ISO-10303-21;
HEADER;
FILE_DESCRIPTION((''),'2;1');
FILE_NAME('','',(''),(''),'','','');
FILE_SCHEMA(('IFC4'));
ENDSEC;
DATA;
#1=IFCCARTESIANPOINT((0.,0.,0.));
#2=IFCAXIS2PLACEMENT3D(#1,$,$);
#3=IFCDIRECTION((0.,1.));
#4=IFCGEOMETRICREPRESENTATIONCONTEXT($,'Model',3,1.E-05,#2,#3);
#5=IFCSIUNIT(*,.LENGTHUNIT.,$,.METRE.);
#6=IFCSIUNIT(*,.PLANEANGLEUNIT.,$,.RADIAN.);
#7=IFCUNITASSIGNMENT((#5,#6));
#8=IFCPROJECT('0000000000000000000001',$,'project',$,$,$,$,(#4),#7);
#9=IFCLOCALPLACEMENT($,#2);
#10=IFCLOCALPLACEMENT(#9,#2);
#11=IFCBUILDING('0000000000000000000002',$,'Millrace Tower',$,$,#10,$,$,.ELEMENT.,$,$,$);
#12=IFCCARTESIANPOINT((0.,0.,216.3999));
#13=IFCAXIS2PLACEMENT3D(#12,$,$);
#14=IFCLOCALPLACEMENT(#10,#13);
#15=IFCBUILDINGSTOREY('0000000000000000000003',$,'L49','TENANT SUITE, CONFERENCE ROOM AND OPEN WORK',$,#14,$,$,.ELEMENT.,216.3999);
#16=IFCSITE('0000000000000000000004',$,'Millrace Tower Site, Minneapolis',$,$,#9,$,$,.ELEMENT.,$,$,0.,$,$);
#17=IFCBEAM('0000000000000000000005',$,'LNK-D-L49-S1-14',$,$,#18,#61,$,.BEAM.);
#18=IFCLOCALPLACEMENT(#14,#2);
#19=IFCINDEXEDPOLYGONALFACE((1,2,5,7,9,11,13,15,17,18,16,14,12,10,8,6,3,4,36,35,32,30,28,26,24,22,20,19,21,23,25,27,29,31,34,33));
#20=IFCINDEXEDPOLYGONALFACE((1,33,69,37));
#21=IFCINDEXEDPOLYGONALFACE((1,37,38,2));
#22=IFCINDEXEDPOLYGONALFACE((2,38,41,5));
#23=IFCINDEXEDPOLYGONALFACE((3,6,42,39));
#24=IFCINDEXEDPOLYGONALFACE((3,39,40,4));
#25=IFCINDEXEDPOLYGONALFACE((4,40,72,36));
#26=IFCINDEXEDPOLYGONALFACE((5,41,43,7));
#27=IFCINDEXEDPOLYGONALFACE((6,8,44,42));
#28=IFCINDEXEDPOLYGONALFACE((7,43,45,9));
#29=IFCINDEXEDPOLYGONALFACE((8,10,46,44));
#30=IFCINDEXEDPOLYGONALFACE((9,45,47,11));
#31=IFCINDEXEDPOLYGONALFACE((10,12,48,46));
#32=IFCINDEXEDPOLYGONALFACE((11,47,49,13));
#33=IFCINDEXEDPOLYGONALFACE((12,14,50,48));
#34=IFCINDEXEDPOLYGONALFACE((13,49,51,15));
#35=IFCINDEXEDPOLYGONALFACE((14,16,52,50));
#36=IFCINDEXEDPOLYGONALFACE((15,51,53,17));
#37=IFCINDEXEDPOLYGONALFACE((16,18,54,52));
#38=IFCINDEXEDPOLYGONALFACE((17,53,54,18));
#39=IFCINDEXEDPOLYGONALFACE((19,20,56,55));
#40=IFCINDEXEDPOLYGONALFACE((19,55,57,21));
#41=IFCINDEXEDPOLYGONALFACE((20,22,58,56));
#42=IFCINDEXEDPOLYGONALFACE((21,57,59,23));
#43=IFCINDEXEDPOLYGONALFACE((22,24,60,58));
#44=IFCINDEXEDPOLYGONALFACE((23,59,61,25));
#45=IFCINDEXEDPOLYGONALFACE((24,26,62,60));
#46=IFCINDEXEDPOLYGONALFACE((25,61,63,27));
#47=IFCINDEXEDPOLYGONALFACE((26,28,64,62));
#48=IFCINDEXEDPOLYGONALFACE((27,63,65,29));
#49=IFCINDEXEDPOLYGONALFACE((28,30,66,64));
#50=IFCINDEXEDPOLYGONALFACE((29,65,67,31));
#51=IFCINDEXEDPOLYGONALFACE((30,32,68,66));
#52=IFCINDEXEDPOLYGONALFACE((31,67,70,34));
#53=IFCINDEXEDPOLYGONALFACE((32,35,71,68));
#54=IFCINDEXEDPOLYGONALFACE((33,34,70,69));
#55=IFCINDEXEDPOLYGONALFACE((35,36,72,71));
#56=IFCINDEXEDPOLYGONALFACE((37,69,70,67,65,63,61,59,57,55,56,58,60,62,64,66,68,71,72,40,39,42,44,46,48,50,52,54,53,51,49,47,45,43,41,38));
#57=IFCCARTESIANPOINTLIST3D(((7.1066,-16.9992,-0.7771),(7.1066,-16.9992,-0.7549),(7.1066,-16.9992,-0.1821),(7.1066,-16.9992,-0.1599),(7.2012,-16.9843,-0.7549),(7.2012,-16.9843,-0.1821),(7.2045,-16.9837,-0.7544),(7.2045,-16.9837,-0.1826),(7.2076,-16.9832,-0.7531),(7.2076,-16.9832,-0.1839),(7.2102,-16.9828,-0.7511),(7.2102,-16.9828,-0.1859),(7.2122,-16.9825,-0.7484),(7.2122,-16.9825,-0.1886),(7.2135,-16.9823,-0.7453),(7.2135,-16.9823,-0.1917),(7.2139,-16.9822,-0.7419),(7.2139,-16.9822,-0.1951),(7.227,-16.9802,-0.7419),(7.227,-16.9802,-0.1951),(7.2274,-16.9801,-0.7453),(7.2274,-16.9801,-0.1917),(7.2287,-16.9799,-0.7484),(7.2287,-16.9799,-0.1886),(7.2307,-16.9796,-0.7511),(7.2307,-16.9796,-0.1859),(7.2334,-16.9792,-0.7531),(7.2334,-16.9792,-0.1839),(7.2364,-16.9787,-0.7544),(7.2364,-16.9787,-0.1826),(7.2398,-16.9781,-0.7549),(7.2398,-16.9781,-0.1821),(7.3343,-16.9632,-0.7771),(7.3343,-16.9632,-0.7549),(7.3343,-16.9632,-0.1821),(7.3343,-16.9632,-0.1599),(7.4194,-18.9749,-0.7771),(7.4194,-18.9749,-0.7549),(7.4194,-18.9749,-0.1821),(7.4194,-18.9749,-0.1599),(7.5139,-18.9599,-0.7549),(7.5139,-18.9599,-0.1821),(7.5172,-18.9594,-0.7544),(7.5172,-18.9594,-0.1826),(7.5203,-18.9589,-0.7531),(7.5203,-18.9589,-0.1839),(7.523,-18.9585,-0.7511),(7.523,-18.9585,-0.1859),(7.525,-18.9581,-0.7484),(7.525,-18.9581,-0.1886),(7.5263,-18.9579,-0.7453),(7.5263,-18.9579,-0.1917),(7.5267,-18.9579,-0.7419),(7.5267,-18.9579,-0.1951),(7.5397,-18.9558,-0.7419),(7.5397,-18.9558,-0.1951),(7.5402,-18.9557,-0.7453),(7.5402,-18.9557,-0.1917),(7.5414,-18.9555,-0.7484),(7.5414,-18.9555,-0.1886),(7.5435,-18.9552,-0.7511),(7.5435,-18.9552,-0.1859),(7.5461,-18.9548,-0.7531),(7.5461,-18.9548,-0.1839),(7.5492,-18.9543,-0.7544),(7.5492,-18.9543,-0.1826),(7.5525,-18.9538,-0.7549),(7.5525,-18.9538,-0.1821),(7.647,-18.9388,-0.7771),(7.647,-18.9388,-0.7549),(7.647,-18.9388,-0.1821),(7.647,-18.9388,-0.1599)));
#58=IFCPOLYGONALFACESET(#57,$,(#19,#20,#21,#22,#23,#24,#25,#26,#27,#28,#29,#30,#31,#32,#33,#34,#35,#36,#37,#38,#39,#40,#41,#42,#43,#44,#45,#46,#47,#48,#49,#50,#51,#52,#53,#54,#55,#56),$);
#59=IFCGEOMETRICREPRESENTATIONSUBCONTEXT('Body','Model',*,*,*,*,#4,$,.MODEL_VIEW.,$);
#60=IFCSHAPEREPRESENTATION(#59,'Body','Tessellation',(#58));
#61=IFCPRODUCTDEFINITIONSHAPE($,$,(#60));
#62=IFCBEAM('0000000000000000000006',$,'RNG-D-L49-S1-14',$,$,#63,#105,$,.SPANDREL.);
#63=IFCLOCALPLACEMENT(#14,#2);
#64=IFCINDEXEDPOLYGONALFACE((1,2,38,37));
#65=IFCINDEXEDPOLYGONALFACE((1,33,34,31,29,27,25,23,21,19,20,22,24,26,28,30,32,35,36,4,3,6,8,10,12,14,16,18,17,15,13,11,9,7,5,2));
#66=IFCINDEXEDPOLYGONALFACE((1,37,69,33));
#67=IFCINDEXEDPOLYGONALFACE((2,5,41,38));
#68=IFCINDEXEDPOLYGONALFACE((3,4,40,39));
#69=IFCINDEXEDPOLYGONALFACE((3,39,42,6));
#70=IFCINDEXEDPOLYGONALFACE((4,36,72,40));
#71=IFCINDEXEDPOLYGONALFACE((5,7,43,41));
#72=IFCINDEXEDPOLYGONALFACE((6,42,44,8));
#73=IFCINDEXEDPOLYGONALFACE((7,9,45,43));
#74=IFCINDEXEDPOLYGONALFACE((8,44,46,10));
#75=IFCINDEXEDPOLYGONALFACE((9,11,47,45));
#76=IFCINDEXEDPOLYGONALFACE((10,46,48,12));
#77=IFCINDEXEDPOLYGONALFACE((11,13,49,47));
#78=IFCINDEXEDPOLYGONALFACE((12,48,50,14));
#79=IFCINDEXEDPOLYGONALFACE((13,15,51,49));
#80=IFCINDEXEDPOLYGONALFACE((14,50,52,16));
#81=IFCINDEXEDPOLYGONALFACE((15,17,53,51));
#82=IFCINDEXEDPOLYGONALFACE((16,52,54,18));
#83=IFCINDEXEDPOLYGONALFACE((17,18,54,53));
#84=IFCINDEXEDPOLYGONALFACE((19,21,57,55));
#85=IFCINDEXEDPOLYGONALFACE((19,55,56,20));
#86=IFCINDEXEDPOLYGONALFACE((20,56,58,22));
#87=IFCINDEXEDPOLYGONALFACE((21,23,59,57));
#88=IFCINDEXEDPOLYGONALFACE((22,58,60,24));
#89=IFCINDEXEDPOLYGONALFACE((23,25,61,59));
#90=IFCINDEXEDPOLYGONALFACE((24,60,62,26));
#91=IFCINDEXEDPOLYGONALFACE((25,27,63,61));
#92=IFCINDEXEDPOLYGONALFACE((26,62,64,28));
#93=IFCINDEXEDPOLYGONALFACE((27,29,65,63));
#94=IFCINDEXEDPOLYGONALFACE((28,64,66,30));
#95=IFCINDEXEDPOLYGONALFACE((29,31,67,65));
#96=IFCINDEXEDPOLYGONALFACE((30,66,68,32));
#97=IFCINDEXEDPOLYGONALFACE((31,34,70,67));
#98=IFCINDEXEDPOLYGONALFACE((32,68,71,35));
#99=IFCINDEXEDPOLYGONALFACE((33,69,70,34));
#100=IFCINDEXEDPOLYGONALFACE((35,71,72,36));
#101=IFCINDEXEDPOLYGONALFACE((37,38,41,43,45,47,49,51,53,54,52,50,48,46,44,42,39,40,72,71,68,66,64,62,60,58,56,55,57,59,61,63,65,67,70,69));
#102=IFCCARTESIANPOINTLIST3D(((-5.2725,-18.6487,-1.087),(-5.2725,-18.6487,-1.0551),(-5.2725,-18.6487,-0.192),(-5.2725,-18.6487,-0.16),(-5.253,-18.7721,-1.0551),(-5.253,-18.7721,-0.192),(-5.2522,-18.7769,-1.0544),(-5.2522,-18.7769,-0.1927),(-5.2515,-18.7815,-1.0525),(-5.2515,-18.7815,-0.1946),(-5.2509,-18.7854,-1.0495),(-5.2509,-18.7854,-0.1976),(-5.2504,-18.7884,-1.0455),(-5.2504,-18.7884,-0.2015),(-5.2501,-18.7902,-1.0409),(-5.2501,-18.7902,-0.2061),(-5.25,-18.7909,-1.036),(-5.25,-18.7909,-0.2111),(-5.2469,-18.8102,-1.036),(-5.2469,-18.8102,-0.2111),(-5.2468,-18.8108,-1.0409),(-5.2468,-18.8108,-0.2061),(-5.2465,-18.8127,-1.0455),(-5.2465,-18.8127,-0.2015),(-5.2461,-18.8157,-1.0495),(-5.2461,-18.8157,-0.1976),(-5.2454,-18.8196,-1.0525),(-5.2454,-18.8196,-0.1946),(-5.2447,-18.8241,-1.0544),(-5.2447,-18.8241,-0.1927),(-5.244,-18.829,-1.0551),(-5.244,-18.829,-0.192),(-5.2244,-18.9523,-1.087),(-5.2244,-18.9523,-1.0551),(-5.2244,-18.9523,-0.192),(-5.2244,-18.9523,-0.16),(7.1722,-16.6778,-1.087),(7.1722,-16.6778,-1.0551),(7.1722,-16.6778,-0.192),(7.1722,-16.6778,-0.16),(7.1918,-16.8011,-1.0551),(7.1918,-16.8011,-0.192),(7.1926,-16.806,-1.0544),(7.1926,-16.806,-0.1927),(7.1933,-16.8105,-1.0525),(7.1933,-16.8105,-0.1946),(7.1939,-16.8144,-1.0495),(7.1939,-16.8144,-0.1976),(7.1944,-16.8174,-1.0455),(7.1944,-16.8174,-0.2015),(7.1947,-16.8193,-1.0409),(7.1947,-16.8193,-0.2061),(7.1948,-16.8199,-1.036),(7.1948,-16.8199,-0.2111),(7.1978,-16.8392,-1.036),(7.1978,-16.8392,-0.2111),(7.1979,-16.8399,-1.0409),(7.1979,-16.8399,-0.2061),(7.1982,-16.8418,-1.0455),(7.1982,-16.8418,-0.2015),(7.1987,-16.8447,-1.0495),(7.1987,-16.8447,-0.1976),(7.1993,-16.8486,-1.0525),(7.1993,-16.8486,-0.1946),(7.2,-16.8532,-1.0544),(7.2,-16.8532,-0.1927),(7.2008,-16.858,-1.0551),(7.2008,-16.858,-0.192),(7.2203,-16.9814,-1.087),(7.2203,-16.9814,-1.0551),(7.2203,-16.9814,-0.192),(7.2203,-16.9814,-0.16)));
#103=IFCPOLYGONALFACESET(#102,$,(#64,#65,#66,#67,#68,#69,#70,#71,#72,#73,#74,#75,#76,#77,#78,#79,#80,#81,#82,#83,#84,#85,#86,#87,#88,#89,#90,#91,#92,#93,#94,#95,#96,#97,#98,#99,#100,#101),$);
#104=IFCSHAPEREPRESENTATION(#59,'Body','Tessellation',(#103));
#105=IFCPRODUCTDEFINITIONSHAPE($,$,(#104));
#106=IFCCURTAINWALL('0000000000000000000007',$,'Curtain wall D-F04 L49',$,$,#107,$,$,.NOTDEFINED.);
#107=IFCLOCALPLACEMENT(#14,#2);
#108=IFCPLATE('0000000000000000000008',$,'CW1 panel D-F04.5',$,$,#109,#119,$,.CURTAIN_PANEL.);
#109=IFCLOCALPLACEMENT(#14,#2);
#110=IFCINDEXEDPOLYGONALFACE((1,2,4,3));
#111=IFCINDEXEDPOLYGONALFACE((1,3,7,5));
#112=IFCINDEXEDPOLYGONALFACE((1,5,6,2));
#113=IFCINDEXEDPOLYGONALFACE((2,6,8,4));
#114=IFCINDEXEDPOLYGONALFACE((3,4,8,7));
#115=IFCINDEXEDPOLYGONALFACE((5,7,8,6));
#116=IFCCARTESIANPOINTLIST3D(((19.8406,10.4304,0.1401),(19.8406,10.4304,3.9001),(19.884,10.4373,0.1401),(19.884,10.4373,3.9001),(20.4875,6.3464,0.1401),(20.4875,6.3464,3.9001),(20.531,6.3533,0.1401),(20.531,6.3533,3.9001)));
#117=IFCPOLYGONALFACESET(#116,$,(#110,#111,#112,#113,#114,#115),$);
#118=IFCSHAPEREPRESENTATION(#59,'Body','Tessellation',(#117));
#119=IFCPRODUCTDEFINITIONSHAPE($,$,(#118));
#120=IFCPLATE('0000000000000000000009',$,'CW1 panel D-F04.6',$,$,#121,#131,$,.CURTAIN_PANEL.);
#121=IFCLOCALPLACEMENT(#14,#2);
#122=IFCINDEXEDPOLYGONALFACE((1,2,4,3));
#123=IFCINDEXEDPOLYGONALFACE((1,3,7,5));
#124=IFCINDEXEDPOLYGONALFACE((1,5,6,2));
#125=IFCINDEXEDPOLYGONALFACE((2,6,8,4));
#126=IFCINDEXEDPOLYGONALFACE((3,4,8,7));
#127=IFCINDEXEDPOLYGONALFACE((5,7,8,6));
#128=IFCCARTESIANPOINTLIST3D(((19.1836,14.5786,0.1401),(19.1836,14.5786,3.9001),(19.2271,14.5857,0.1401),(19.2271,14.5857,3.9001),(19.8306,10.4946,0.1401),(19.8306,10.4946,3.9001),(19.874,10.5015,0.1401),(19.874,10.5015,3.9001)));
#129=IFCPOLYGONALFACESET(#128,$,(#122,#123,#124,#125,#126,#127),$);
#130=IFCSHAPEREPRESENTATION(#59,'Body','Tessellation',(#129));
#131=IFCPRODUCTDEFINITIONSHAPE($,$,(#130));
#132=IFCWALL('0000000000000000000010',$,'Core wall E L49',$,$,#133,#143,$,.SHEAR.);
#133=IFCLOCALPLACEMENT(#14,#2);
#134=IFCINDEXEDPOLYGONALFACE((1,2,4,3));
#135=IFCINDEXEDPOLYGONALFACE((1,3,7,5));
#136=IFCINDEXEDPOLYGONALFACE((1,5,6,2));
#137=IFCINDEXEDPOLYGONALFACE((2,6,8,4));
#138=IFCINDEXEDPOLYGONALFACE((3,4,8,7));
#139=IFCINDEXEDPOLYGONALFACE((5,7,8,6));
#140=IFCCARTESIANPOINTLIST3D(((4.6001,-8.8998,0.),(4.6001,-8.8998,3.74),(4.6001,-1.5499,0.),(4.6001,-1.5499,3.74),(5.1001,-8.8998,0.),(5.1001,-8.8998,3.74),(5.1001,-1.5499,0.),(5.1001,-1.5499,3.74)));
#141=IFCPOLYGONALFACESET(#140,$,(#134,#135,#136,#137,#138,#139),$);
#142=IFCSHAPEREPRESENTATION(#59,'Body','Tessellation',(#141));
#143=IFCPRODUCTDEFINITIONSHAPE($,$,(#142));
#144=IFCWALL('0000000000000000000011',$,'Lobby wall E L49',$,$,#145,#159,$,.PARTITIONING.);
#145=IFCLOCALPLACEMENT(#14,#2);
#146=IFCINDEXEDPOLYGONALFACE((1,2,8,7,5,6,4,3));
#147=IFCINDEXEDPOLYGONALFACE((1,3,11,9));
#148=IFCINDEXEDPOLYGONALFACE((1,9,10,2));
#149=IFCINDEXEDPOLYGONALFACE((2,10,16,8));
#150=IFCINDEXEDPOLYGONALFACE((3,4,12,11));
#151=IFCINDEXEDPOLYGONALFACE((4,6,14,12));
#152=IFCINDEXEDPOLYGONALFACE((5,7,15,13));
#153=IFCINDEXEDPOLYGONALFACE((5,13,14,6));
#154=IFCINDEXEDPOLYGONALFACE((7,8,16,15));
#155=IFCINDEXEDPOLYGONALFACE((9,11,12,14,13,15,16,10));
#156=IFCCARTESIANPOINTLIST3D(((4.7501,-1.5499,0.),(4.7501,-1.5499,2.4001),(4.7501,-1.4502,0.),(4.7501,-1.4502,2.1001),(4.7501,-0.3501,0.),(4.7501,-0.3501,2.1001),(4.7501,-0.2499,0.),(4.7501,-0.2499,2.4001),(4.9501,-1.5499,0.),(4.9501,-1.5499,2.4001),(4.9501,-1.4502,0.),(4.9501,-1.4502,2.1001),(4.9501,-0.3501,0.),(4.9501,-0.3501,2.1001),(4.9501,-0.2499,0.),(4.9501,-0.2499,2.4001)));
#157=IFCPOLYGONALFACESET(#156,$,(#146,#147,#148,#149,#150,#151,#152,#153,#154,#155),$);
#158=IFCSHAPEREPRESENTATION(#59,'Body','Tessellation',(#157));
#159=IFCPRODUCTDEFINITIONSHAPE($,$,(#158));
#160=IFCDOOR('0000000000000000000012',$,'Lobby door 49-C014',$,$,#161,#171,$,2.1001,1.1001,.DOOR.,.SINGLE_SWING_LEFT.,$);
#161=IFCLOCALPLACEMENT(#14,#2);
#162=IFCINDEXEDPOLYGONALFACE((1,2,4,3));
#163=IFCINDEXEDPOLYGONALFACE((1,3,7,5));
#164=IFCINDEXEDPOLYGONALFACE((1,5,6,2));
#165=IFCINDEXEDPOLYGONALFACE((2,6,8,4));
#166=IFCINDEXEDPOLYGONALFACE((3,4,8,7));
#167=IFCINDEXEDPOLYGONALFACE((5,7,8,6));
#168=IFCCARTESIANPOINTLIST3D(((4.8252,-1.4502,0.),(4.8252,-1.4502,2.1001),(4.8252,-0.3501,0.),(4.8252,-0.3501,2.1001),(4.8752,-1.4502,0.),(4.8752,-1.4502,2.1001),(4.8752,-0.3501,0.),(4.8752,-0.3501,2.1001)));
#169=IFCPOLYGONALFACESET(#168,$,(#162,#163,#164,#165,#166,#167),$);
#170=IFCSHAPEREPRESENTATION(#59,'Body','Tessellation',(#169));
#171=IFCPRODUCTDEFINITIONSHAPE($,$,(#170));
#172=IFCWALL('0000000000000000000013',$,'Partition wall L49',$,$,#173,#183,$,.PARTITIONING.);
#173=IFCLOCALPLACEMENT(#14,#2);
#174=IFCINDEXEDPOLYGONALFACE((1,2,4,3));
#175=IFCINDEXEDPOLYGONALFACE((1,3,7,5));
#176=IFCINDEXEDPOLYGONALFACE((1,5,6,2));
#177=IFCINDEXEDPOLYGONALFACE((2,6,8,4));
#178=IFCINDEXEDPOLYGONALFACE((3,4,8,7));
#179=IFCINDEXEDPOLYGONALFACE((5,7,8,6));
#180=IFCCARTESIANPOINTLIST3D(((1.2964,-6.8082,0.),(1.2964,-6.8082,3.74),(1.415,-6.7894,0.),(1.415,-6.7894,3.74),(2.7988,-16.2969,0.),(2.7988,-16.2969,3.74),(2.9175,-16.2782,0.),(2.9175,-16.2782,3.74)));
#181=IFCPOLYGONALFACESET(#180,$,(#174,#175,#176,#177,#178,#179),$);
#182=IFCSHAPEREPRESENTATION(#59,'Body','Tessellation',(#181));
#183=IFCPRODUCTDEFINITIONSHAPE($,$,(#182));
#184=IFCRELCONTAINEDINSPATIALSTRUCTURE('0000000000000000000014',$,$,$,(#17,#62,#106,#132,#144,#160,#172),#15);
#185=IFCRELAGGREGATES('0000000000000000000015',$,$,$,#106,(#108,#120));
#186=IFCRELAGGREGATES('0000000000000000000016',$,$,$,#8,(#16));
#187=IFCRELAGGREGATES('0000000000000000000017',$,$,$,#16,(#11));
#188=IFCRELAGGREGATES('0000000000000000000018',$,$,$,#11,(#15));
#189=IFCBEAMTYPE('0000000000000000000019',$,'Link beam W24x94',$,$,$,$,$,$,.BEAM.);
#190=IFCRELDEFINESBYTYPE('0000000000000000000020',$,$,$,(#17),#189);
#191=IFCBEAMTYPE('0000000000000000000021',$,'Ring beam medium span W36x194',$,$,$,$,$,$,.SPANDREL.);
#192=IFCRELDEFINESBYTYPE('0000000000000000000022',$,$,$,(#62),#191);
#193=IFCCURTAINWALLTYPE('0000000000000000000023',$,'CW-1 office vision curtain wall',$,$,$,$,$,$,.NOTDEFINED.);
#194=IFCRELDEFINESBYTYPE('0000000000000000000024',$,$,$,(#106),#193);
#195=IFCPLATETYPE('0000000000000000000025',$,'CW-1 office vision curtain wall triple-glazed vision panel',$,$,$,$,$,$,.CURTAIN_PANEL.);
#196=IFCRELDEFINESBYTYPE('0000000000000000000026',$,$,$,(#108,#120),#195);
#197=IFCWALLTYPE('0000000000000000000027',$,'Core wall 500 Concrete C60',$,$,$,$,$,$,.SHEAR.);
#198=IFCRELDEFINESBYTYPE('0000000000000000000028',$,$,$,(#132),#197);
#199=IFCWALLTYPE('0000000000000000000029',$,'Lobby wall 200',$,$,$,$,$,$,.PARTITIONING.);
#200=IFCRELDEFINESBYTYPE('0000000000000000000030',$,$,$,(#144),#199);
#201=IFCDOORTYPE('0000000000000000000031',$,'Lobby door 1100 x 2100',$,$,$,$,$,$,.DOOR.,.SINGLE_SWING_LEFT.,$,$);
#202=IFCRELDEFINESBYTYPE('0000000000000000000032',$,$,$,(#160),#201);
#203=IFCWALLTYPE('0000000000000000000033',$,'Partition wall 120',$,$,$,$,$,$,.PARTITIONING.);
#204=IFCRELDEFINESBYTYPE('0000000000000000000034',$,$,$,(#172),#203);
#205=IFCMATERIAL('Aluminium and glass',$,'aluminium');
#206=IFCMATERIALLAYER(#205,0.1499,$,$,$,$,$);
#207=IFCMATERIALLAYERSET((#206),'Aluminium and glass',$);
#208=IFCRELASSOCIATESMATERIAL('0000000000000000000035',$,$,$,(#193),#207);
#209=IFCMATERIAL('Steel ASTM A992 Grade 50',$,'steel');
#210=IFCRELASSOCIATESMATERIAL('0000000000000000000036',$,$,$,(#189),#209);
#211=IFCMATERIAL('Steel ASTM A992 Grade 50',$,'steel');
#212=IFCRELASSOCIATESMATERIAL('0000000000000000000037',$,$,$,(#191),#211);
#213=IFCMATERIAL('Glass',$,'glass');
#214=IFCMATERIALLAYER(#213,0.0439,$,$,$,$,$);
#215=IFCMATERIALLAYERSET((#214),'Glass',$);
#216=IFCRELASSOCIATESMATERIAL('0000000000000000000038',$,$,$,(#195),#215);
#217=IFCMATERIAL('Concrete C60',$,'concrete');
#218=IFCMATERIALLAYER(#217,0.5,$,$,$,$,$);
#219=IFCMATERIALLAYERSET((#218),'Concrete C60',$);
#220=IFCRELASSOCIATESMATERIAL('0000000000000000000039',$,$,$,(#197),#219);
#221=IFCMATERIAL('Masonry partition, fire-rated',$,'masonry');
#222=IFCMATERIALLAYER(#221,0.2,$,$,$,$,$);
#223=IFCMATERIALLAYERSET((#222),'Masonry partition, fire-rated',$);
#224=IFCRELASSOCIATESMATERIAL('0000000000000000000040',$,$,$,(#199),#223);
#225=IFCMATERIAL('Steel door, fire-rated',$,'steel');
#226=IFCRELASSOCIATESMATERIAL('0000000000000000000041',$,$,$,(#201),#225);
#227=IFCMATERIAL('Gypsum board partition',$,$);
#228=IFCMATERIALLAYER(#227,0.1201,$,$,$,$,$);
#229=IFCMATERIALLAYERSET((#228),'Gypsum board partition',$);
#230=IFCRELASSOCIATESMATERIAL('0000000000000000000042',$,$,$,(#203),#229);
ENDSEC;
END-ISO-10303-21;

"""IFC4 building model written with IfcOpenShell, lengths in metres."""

from ifc_helpers import new_model, si_unit, direction, frame, frame_2d, origin, origin_2d, place, context, subcontext, project, spatial, polyline, rectangle, i_section, outline, extrude, material, layer, layer_set, material_profile, profile_set, type_object, element, fill, aggregate, save


model = new_model("IFC4")

# Units and contexts
model_context = context("Model", 3, precision=1e-05, world=origin(), true_north=direction((0.0, 1.0)))
body_context = subcontext(model_context, "Body", "Model", "MODEL_VIEW")
ifc_project = project(units=[si_unit("LENGTHUNIT", "METRE"), si_unit("PLANEANGLEUNIT", "RADIAN")], contexts=[model_context])

# Site, building, storey
site_placement = place(None, origin())
site = spatial("IfcSite", under=ifc_project, at=site_placement, Name="Millrace Tower Site, Minneapolis", CompositionType="ELEMENT", RefElevation=0.0)
building_placement = place(site_placement, origin())
building = spatial("IfcBuilding", under=site, at=building_placement, Name="Millrace Tower", CompositionType="ELEMENT")
storey_placement = place(building_placement, frame((0.0, 0.0, 216.3999)))
storey = spatial("IfcBuildingStorey", under=building, at=storey_placement, Name="L49", Description="TENANT SUITE, CONFERENCE ROOM AND OPEN WORK", CompositionType="ELEMENT", Elevation=216.3999)

# Shared definitions
ifc_material_1 = material(Name="Aluminium and glass", Category="aluminium")
ifc_layer_1 = layer(ifc_material_1, 0.1499)
ifc_layer_set_1 = layer_set([ifc_layer_1], Name="Aluminium and glass")
curtain_wall_type = type_object("IfcCurtainWallType", Name="CW-1 office vision curtain wall", PredefinedType="NOTDEFINED", material=ifc_layer_set_1)
placement_1 = place(storey_placement, origin())

# Beams
ifc_material_2 = material(Name="Steel ASTM A992 Grade 50", Category="steel")
ifc_material_profile_1 = material_profile(ifc_material_2, i_section(OverallWidth=0.2305, OverallDepth=0.6172, WebThickness=0.0132, FlangeThickness=0.0222, FilletRadius=0.0129, at=origin_2d()))
ifc_profile_set_1 = profile_set([ifc_material_profile_1], Name="Steel ASTM A992 Grade 50")
beam_type_1 = type_object("IfcBeamType", Name="Link beam W24x94", PredefinedType="BEAM", material=ifc_profile_set_1)
beam_1_placement = place(storey_placement, frame((7.2205, -16.9812, -0.4685), z_axis=(0.156357, -0.987701, 0.0), x_axis=(0.987701, 0.156357, 0.0)))
element("IfcBeam", 1, at=beam_1_placement, inside=storey, type_object=beam_type_1, Name="LNK-D-L49-S1-14", PredefinedType="BEAM", context=body_context, shape_type="SweptSolid", body=[
    extrude(i_section(OverallWidth=0.2305, OverallDepth=0.6172, WebThickness=0.0132, FlangeThickness=0.0222, FilletRadius=0.0129, at=origin_2d()), origin(), (0.0, 0.0, 1.0), 2.0002),
])
ifc_material_3 = material(Name="Steel ASTM A992 Grade 50", Category="steel")
ifc_material_profile_2 = material_profile(ifc_material_3, i_section(OverallWidth=0.3074, OverallDepth=0.927, WebThickness=0.0195, FlangeThickness=0.032, FilletRadius=0.019, at=origin_2d()))
ifc_profile_set_2 = profile_set([ifc_material_profile_2], Name="Steel ASTM A992 Grade 50")
beam_type_2 = type_object("IfcBeamType", Name="Ring beam medium span W36x194", PredefinedType="SPANDREL", material=ifc_profile_set_2)
beam_2_placement = place(storey_placement, frame((7.1963, -16.8296, -0.6235), z_axis=(-0.98769, -0.156425, 0.0), x_axis=(0.156425, -0.98769, 0.0)))
element("IfcBeam", 2, at=beam_2_placement, inside=storey, type_object=beam_type_2, Name="RNG-D-L49-S1-14", PredefinedType="SPANDREL", context=body_context, shape_type="SweptSolid", body=[
    extrude(i_section(OverallWidth=0.3074, OverallDepth=0.927, WebThickness=0.0195, FlangeThickness=0.032, FilletRadius=0.019, at=origin_2d()), origin(), (0.0, 0.0, 1.0), 12.5999),
])

# Curtain wall, plates
curtain_wall_1 = element("IfcCurtainWall", 3, at=placement_1, inside=storey, type_object=curtain_wall_type, Name="Curtain wall D-F04 L49", PredefinedType="NOTDEFINED")
ifc_material_4 = material(Name="Glass", Category="glass")
ifc_layer_2 = layer(ifc_material_4, 0.0439)
ifc_layer_set_2 = layer_set([ifc_layer_2], Name="Glass")
plate_type = type_object("IfcPlateType", Name="CW-1 office vision curtain wall triple-glazed vision panel", PredefinedType="CURTAIN_PANEL", material=ifc_layer_set_2)
placement_2 = place(storey_placement, frame((0.0, 0.0, 0.1401)))
plate_1 = element("IfcPlate", 4, at=placement_2, type_object=plate_type, Name="CW1 panel D-F04.5", PredefinedType="CURTAIN_PANEL", context=body_context, shape_type="SweptSolid", body=[
    extrude(outline(polyline([(20.531, 6.3533), (19.884, 10.4373), (19.8406, 10.4304), (20.4875, 6.3464), (20.531, 6.3533)])), origin(), (0.0, 0.0, 1.0), 3.76),
])
plate_2 = element("IfcPlate", 5, at=placement_2, type_object=plate_type, Name="CW1 panel D-F04.6", PredefinedType="CURTAIN_PANEL", context=body_context, shape_type="SweptSolid", body=[
    extrude(outline(polyline([(19.874, 10.5015), (19.2271, 14.5857), (19.1836, 14.5786), (19.8306, 10.4946), (19.874, 10.5015)])), origin(), (0.0, 0.0, 1.0), 3.76),
])
aggregate(curtain_wall_1, [plate_1, plate_2])

# Wall
ifc_material_5 = material(Name="Concrete C60", Category="concrete")
ifc_layer_3 = layer(ifc_material_5, 0.5)
ifc_layer_set_3 = layer_set([ifc_layer_3], Name="Concrete C60")
wall_type_1 = type_object("IfcWallType", Name="Core wall 500 Concrete C60", PredefinedType="SHEAR", material=ifc_layer_set_3)
wall_1_placement = place(storey_placement, frame((4.8501, -1.55, 0.0), z_axis=(0.0, 0.0, 1.0), x_axis=(0.0, -1.0, 0.0)))
element("IfcWall", 6, at=wall_1_placement, inside=storey, type_object=wall_type_1, Name="Core wall E L49", PredefinedType="SHEAR", context=body_context, shape_type="SweptSolid", body=[
    extrude(rectangle(XDim=7.3499, YDim=0.5, at=frame_2d((3.6748, 0.0))), origin(), (0.0, 0.0, 1.0), 3.74),
])

# Wall, opening, door
ifc_material_6 = material(Name="Masonry partition, fire-rated", Category="masonry")
ifc_layer_4 = layer(ifc_material_6, 0.2)
ifc_layer_set_4 = layer_set([ifc_layer_4], Name="Masonry partition, fire-rated")
wall_type_2 = type_object("IfcWallType", Name="Lobby wall 200", PredefinedType="PARTITIONING", material=ifc_layer_set_4)
wall_2_placement = place(storey_placement, frame((4.8501, -0.25, 0.0), z_axis=(0.0, 0.0, 1.0), x_axis=(0.0, -1.0, 0.0)))
wall_2 = element("IfcWall", 7, at=wall_2_placement, inside=storey, type_object=wall_type_2, Name="Lobby wall E L49", PredefinedType="PARTITIONING", context=body_context, shape_type="SweptSolid", body=[
    extrude(rectangle(XDim=1.3, YDim=0.2, at=frame_2d((0.6499, 0.0))), origin(), (0.0, 0.0, 1.0), 2.4001),
])
opening_placement = place(wall_2_placement, frame((0.1001, 0.0, 0.0)))
opening = element("IfcOpeningElement", 8, at=opening_placement, cuts=wall_2, PredefinedType="OPENING", context=body_context, shape_type="SweptSolid", body=[
    extrude(rectangle(XDim=1.1001, YDim=2.1001, at=frame_2d((0.55, 1.05))), frame((0.0, 0.1099, 0.0), z_axis=(0.0, -1.0, 0.0), x_axis=(1.0, 0.0, 0.0)), (0.0, 0.0, 1.0), 0.22),
])
ifc_material_7 = material(Name="Steel door, fire-rated", Category="steel")
door_type = type_object("IfcDoorType", Name="Lobby door 1100 x 2100", OperationType="SINGLE_SWING_LEFT", PredefinedType="DOOR", material=ifc_material_7)
door_placement = place(opening_placement, frame((1.1001, 0.0, 0.0), z_axis=(0.0, 0.0, 1.0), x_axis=(-1.0, 0.0, 0.0)))
door = element("IfcDoor", 9, at=door_placement, inside=storey, type_object=door_type, Name="Lobby door 49-C014", OperationType="SINGLE_SWING_LEFT", OverallHeight=2.1001, OverallWidth=1.1001, PredefinedType="DOOR", context=body_context, shape_type="SweptSolid", body=[
    extrude(rectangle(XDim=1.1001, YDim=2.1001, at=frame_2d((0.55, 1.05))), frame((0.0, 0.0249, 0.0), z_axis=(0.0, -1.0, 0.0), x_axis=(1.0, 0.0, 0.0)), (0.0, 0.0, 1.0), 0.05),
])
fill(opening, door)

# Wall
ifc_material_8 = material(Name="Gypsum board partition")
ifc_layer_5 = layer(ifc_material_8, 0.1201)
ifc_layer_set_5 = layer_set([ifc_layer_5], Name="Gypsum board partition")
wall_type_3 = type_object("IfcWallType", Name="Partition wall 120", PredefinedType="PARTITIONING", material=ifc_layer_set_5)
wall_3_placement = place(storey_placement, frame((1.3557, -6.7988, 0.0), z_axis=(0.0, 0.0, 1.0), x_axis=(0.156391, -0.987695, 0.0)))
element("IfcWall", 10, at=wall_3_placement, inside=storey, type_object=wall_type_3, Name="Partition wall L49", PredefinedType="PARTITIONING", context=body_context, shape_type="SweptSolid", body=[
    extrude(rectangle(XDim=9.6069, YDim=0.1201, at=frame_2d((4.8035, 0.0))), origin(), (0.0, 0.0, 1.0), 3.74),
])

save(model, "model.ifc")
